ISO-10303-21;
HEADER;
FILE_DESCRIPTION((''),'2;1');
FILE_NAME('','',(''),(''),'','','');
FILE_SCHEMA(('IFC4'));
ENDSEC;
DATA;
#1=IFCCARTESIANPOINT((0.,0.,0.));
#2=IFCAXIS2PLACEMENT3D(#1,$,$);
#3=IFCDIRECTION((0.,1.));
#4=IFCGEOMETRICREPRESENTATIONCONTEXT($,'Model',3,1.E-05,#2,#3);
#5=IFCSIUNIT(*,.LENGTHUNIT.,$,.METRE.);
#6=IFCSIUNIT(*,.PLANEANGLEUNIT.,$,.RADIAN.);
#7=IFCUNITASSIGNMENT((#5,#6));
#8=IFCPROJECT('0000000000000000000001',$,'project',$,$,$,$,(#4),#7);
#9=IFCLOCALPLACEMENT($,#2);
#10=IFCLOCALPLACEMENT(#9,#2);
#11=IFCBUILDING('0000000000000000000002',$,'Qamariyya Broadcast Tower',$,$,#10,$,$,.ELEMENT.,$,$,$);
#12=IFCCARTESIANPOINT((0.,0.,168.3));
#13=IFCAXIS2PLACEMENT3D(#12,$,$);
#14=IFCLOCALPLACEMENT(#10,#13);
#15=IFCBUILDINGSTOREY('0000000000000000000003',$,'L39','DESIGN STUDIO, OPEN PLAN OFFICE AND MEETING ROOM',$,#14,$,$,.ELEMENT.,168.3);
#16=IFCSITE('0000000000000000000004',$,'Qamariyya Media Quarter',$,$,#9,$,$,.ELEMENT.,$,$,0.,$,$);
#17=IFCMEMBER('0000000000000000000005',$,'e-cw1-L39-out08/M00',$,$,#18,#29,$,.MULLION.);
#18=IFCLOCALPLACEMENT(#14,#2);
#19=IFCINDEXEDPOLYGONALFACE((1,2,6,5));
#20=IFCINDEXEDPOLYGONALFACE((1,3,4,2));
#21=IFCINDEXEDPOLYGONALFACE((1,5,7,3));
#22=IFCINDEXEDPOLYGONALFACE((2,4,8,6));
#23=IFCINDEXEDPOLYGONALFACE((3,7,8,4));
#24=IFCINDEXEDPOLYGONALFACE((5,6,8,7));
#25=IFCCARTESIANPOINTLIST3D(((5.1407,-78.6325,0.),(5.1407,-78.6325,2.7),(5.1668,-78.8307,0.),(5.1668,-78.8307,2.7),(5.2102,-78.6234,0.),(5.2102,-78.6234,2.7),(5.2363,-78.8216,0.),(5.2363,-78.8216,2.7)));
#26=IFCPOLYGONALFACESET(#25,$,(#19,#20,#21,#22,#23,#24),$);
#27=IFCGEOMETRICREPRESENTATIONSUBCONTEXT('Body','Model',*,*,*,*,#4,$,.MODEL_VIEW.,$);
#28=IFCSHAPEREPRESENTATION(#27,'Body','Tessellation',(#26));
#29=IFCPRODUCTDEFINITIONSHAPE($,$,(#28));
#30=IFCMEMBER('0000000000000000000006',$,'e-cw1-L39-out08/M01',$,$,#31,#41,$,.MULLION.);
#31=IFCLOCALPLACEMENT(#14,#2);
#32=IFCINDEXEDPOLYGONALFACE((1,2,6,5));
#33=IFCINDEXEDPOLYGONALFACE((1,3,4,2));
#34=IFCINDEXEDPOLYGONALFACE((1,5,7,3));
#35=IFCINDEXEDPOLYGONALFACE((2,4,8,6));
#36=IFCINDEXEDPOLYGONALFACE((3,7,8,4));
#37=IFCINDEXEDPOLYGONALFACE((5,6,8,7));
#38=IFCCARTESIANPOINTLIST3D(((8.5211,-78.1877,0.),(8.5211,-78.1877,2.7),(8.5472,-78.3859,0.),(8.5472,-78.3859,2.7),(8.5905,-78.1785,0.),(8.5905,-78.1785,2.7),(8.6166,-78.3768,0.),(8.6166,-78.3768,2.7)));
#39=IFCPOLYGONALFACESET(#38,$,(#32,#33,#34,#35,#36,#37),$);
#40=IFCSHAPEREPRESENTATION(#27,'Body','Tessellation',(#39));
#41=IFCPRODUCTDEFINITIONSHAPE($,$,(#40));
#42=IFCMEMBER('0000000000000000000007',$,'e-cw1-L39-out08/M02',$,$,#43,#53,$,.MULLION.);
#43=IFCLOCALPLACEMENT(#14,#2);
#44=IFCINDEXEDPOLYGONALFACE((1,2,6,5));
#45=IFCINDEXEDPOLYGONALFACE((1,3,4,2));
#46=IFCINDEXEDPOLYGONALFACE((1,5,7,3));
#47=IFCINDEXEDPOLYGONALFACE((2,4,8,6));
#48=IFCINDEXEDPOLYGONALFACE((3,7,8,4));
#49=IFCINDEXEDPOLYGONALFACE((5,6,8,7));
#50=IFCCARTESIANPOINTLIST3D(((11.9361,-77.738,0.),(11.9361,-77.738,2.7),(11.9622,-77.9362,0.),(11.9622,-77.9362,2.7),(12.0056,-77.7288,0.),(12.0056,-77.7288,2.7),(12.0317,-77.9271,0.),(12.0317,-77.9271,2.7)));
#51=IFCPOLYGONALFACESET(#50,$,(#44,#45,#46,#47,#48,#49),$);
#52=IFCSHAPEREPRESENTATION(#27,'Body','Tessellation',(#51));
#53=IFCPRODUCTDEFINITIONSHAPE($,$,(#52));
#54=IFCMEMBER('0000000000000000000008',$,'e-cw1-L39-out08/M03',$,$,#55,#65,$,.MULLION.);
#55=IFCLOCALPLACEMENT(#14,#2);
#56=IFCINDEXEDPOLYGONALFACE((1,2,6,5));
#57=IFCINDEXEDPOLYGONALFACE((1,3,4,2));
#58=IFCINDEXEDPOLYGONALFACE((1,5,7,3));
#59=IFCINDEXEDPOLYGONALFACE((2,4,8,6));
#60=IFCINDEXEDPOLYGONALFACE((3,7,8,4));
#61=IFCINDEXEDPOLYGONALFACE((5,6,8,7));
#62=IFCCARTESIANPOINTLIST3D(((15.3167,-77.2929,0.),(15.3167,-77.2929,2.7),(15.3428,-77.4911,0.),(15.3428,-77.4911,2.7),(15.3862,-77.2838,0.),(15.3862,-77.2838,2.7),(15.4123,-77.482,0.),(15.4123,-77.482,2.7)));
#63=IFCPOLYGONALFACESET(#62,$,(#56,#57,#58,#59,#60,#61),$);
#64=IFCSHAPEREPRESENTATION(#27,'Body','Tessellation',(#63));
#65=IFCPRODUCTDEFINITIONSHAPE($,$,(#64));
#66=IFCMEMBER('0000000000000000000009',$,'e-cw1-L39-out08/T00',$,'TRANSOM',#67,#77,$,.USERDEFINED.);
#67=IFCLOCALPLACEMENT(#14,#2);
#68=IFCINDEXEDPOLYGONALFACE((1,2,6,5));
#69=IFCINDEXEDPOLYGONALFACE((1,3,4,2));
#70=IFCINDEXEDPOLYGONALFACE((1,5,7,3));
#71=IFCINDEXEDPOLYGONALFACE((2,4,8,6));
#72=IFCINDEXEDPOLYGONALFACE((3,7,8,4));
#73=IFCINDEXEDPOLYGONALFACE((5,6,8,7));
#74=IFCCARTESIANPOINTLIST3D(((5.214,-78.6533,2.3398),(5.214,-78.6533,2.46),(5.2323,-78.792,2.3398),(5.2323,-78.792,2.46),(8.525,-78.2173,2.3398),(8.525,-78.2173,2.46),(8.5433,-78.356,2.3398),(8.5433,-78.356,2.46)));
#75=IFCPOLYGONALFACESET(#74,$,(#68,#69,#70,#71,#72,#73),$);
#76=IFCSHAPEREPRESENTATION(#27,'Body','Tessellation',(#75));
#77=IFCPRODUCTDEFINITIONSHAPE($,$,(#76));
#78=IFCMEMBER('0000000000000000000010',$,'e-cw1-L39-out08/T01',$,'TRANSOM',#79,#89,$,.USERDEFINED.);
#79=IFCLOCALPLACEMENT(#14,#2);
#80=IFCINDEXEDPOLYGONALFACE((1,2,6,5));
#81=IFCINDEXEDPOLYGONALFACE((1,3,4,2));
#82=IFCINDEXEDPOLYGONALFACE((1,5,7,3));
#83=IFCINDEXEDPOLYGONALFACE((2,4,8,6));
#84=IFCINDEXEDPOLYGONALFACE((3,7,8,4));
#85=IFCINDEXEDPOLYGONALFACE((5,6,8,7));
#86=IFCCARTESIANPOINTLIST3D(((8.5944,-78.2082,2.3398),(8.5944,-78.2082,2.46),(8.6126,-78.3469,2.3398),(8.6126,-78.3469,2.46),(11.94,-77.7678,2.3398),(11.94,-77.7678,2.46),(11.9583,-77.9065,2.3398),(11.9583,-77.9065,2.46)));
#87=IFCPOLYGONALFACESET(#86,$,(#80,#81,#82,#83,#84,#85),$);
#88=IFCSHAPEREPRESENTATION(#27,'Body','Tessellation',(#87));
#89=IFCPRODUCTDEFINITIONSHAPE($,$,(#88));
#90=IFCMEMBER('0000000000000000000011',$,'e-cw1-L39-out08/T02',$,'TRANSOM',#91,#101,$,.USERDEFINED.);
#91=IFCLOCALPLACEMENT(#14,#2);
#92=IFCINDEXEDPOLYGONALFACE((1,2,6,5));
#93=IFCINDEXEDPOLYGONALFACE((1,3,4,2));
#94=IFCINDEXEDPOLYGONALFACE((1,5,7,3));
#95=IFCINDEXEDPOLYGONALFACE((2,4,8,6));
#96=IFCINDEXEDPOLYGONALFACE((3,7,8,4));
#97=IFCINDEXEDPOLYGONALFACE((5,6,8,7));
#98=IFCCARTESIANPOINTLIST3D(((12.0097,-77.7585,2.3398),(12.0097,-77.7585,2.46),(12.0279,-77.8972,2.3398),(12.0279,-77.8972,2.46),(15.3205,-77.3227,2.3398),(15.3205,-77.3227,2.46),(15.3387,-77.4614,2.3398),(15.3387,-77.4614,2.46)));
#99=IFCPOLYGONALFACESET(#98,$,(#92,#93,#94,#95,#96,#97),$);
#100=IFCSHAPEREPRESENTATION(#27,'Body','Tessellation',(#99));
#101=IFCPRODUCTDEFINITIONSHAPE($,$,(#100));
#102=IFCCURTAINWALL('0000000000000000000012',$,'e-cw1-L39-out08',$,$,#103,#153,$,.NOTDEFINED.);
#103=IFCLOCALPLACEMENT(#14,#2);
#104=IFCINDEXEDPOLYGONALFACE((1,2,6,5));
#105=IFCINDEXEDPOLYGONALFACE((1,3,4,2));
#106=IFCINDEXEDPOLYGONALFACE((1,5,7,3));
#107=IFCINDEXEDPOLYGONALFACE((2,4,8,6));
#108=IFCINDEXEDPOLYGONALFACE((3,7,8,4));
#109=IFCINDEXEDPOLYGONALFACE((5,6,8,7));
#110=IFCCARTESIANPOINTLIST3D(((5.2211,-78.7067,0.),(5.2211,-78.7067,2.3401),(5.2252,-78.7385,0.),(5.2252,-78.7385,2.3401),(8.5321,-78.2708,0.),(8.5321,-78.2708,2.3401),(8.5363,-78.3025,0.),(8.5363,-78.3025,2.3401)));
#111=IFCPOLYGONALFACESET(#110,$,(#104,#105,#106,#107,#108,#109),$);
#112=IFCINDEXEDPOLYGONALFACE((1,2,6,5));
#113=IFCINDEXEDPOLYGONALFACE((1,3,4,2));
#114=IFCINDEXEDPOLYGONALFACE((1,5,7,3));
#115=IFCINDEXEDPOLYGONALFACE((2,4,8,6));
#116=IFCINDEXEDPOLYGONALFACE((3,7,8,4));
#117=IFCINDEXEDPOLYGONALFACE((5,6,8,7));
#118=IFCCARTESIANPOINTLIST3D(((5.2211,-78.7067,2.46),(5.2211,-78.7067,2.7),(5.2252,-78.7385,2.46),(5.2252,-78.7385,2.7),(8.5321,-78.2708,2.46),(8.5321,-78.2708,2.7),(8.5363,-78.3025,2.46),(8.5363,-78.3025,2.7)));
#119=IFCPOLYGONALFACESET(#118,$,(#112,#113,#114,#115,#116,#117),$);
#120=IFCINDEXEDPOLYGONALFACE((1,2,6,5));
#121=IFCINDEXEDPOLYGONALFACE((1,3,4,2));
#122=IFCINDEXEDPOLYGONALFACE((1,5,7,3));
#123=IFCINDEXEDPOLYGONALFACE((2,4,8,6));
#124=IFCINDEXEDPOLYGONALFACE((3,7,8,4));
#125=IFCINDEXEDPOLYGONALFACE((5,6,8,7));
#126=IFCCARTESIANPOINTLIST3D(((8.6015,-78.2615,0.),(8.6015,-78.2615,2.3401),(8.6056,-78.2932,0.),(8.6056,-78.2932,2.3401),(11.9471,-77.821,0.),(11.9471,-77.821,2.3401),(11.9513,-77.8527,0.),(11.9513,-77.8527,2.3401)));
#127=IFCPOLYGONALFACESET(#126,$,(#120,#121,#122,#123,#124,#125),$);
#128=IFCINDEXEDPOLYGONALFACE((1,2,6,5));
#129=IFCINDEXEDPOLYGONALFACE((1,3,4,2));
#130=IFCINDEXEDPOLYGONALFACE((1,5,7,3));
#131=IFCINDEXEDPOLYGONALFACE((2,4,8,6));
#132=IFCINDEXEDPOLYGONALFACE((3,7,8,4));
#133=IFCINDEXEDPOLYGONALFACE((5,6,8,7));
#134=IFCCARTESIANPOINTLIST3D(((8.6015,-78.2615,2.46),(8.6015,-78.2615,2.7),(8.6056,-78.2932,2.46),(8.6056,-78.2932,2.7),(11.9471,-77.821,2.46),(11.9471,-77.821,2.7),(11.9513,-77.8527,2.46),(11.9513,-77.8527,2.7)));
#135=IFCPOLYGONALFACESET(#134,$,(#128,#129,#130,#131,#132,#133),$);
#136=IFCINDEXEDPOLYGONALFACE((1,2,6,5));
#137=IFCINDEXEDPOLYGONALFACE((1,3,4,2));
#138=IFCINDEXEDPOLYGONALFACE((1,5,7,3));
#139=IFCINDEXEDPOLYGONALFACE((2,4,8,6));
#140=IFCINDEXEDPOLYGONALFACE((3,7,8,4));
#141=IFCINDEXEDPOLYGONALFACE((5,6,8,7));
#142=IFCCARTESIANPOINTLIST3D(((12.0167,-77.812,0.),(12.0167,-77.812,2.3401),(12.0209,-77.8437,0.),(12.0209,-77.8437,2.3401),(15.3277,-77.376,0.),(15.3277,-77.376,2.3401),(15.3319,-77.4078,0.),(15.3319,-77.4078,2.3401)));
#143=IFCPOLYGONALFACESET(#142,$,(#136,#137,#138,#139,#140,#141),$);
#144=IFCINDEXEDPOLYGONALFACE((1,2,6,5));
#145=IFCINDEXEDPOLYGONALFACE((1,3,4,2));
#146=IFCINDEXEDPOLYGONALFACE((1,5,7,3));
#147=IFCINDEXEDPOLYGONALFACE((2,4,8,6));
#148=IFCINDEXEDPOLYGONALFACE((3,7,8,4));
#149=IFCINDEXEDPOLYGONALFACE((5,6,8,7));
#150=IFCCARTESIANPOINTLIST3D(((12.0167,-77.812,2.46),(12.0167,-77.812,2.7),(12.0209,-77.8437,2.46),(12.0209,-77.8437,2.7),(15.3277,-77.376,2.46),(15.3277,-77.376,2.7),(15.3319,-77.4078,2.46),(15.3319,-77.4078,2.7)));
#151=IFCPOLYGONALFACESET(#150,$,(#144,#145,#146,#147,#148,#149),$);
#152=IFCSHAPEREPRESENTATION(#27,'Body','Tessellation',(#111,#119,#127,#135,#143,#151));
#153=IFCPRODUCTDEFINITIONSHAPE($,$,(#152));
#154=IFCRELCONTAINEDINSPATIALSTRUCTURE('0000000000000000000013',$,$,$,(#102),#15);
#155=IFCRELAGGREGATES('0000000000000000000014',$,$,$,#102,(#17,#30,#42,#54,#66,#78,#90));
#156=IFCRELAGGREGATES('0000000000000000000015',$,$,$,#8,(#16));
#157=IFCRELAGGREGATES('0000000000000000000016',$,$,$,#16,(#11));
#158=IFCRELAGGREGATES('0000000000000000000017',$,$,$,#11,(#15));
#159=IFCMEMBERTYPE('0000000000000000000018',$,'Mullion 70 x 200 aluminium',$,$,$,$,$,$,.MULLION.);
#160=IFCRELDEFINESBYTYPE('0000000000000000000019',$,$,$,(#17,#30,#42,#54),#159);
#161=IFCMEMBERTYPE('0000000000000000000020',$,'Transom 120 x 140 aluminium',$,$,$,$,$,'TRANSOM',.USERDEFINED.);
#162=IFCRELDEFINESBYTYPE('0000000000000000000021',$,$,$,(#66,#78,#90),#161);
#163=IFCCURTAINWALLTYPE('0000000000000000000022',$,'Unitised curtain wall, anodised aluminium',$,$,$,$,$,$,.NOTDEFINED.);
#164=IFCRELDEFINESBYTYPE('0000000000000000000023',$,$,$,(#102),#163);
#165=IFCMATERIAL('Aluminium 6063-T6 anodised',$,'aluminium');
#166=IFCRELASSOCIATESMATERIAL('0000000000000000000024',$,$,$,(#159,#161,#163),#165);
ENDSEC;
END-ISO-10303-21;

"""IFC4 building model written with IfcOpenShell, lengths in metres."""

from ifc_helpers import new_model, si_unit, direction, frame, origin, origin_2d, place, context, subcontext, project, spatial, rectangle, extrude, material, material_profile, profile_set, type_object, element, aggregate, save


model = new_model("IFC4")

# Units and contexts
model_context = context("Model", 3, precision=1e-05, world=origin(), true_north=direction((0.0, 1.0)))
body_context = subcontext(model_context, "Body", "Model", "MODEL_VIEW")
ifc_project = project(units=[si_unit("LENGTHUNIT", "METRE"), si_unit("PLANEANGLEUNIT", "RADIAN")], contexts=[model_context])

# Members
ifc_material = material(Name="Aluminium 6063-T6 anodised", Category="aluminium")
ifc_material_profile_1 = material_profile(ifc_material, rectangle(XDim=0.2, YDim=0.0701, at=origin_2d()))
ifc_profile_set_1 = profile_set([ifc_material_profile_1], Name="Aluminium 6063-T6 anodised")
member_type_1 = type_object("IfcMemberType", Name="Mullion 70 x 200 aluminium", PredefinedType="MULLION", material=ifc_profile_set_1)
site_placement = place(None, origin())
building_placement = place(site_placement, origin())
storey_placement = place(building_placement, frame((0.0, 0.0, 168.3)))
member_1_placement = place(storey_placement, frame((5.1885, -78.7271, 0.0), z_axis=(0.0, 0.0, 1.0), x_axis=(-0.130526, 0.991445, 0.0)))
member_1 = element("IfcMember", 1, at=member_1_placement, type_object=member_type_1, Name="e-cw1-L39-out08/M00", PredefinedType="MULLION", context=body_context, shape_type="SweptSolid", body=[
    extrude(rectangle(XDim=0.2, YDim=0.0701, at=origin_2d()), origin(), (0.0, 0.0, 1.0), 2.7),
])
member_2_placement = place(storey_placement, frame((8.5688, -78.2822, 0.0), z_axis=(0.0, 0.0, 1.0), x_axis=(-0.130526, 0.991445, 0.0)))
member_2 = element("IfcMember", 2, at=member_2_placement, type_object=member_type_1, Name="e-cw1-L39-out08/M01", PredefinedType="MULLION", context=body_context, shape_type="SweptSolid", body=[
    extrude(rectangle(XDim=0.2, YDim=0.0701, at=origin_2d()), origin(), (0.0, 0.0, 1.0), 2.7),
])
member_3_placement = place(storey_placement, frame((11.9839, -77.8325, 0.0), z_axis=(0.0, 0.0, 1.0), x_axis=(-0.130526, 0.991445, 0.0)))
member_3 = element("IfcMember", 3, at=member_3_placement, type_object=member_type_1, Name="e-cw1-L39-out08/M02", PredefinedType="MULLION", context=body_context, shape_type="SweptSolid", body=[
    extrude(rectangle(XDim=0.2, YDim=0.0701, at=origin_2d()), origin(), (0.0, 0.0, 1.0), 2.7),
])
member_4_placement = place(storey_placement, frame((15.3645, -77.3875, 0.0), z_axis=(0.0, 0.0, 1.0), x_axis=(-0.130526, 0.991445, 0.0)))
member_4 = element("IfcMember", 4, at=member_4_placement, type_object=member_type_1, Name="e-cw1-L39-out08/M03", PredefinedType="MULLION", context=body_context, shape_type="SweptSolid", body=[
    extrude(rectangle(XDim=0.2, YDim=0.0701, at=origin_2d()), origin(), (0.0, 0.0, 1.0), 2.7),
])
ifc_material_profile_2 = material_profile(ifc_material, rectangle(XDim=0.1399, YDim=0.1201, at=origin_2d()))
ifc_profile_set_2 = profile_set([ifc_material_profile_2], Name="Aluminium 6063-T6 anodised")
member_type_2 = type_object("IfcMemberType", Name="Transom 120 x 140 aluminium", ElementType="TRANSOM", PredefinedType="USERDEFINED", material=ifc_profile_set_2)
member_5_placement = place(storey_placement, frame((5.2231, -78.7227, 2.3999), z_axis=(0.99144, 0.130564, 0.0), x_axis=(-0.130564, 0.99144, 0.0)))
member_5 = element("IfcMember", 5, at=member_5_placement, type_object=member_type_2, Name="e-cw1-L39-out08/T00", ObjectType="TRANSOM", PredefinedType="USERDEFINED", context=body_context, shape_type="SweptSolid", body=[
    extrude(rectangle(XDim=0.1399, YDim=0.1201, at=origin_2d()), origin(), (0.0, 0.0, 1.0), 3.3396),
])
member_6_placement = place(storey_placement, frame((8.6035, -78.2776, 2.3999), z_axis=(0.991446, 0.130514, 0.0), x_axis=(-0.130514, 0.991446, 0.0)))
member_6 = element("IfcMember", 6, at=member_6_placement, type_object=member_type_2, Name="e-cw1-L39-out08/T01", ObjectType="TRANSOM", PredefinedType="USERDEFINED", context=body_context, shape_type="SweptSolid", body=[
    extrude(rectangle(XDim=0.1399, YDim=0.1201, at=origin_2d()), origin(), (0.0, 0.0, 1.0), 3.3745),
])
member_7_placement = place(storey_placement, frame((12.0188, -77.8279, 2.3999), z_axis=(0.991448, 0.130502, 0.0), x_axis=(-0.130502, 0.991448, 0.0)))
member_7 = element("IfcMember", 7, at=member_7_placement, type_object=member_type_2, Name="e-cw1-L39-out08/T02", ObjectType="TRANSOM", PredefinedType="USERDEFINED", context=body_context, shape_type="SweptSolid", body=[
    extrude(rectangle(XDim=0.1399, YDim=0.1201, at=origin_2d()), origin(), (0.0, 0.0, 1.0), 3.3394),
])

# Site, building, storey
site = spatial("IfcSite", under=ifc_project, at=site_placement, Name="Qamariyya Media Quarter", CompositionType="ELEMENT", RefElevation=0.0)
building = spatial("IfcBuilding", under=site, at=building_placement, Name="Qamariyya Broadcast Tower", CompositionType="ELEMENT")
storey = spatial("IfcBuildingStorey", under=building, at=storey_placement, Name="L39", Description="DESIGN STUDIO, OPEN PLAN OFFICE AND MEETING ROOM", CompositionType="ELEMENT", Elevation=168.3)

# Curtain wall
curtain_wall_type = type_object("IfcCurtainWallType", Name="Unitised curtain wall, anodised aluminium", PredefinedType="NOTDEFINED", material=ifc_material)
curtain_wall_1_placement = place(storey_placement, origin())
curtain_wall_1 = element("IfcCurtainWall", 8, at=curtain_wall_1_placement, inside=storey, type_object=curtain_wall_type, Name="e-cw1-L39-out08", PredefinedType="NOTDEFINED", context=body_context, shape_type="SweptSolid", body=[
    extrude(rectangle(XDim=3.3396, YDim=0.032, at=origin_2d()), frame((6.8787, -78.5046, 0.0), x_axis=(0.991444, 0.130531, 0.0)), (0.0, 0.0, 1.0), 2.3401),
    extrude(rectangle(XDim=3.3396, YDim=0.032, at=origin_2d()), frame((6.8787, -78.5046, 2.46), x_axis=(0.991444, 0.130531, 0.0)), (0.0, 0.0, 1.0), 0.24),
    extrude(rectangle(XDim=3.3745, YDim=0.032, at=origin_2d()), frame((10.2764, -78.0571, 0.0), x_axis=(0.991444, 0.130531, 0.0)), (0.0, 0.0, 1.0), 2.3401),
    extrude(rectangle(XDim=3.3745, YDim=0.032, at=origin_2d()), frame((10.2764, -78.0571, 2.46), x_axis=(0.991444, 0.130531, 0.0)), (0.0, 0.0, 1.0), 0.24),
    extrude(rectangle(XDim=3.3396, YDim=0.032, at=origin_2d()), frame((13.6743, -77.6099, 0.0), x_axis=(0.991444, 0.130531, 0.0)), (0.0, 0.0, 1.0), 2.3401),
    extrude(rectangle(XDim=3.3396, YDim=0.032, at=origin_2d()), frame((13.6743, -77.6099, 2.46), x_axis=(0.991444, 0.130531, 0.0)), (0.0, 0.0, 1.0), 0.24),
])
aggregate(curtain_wall_1, [member_1, member_2, member_3, member_4, member_5, member_6, member_7])

save(model, "model.ifc")
